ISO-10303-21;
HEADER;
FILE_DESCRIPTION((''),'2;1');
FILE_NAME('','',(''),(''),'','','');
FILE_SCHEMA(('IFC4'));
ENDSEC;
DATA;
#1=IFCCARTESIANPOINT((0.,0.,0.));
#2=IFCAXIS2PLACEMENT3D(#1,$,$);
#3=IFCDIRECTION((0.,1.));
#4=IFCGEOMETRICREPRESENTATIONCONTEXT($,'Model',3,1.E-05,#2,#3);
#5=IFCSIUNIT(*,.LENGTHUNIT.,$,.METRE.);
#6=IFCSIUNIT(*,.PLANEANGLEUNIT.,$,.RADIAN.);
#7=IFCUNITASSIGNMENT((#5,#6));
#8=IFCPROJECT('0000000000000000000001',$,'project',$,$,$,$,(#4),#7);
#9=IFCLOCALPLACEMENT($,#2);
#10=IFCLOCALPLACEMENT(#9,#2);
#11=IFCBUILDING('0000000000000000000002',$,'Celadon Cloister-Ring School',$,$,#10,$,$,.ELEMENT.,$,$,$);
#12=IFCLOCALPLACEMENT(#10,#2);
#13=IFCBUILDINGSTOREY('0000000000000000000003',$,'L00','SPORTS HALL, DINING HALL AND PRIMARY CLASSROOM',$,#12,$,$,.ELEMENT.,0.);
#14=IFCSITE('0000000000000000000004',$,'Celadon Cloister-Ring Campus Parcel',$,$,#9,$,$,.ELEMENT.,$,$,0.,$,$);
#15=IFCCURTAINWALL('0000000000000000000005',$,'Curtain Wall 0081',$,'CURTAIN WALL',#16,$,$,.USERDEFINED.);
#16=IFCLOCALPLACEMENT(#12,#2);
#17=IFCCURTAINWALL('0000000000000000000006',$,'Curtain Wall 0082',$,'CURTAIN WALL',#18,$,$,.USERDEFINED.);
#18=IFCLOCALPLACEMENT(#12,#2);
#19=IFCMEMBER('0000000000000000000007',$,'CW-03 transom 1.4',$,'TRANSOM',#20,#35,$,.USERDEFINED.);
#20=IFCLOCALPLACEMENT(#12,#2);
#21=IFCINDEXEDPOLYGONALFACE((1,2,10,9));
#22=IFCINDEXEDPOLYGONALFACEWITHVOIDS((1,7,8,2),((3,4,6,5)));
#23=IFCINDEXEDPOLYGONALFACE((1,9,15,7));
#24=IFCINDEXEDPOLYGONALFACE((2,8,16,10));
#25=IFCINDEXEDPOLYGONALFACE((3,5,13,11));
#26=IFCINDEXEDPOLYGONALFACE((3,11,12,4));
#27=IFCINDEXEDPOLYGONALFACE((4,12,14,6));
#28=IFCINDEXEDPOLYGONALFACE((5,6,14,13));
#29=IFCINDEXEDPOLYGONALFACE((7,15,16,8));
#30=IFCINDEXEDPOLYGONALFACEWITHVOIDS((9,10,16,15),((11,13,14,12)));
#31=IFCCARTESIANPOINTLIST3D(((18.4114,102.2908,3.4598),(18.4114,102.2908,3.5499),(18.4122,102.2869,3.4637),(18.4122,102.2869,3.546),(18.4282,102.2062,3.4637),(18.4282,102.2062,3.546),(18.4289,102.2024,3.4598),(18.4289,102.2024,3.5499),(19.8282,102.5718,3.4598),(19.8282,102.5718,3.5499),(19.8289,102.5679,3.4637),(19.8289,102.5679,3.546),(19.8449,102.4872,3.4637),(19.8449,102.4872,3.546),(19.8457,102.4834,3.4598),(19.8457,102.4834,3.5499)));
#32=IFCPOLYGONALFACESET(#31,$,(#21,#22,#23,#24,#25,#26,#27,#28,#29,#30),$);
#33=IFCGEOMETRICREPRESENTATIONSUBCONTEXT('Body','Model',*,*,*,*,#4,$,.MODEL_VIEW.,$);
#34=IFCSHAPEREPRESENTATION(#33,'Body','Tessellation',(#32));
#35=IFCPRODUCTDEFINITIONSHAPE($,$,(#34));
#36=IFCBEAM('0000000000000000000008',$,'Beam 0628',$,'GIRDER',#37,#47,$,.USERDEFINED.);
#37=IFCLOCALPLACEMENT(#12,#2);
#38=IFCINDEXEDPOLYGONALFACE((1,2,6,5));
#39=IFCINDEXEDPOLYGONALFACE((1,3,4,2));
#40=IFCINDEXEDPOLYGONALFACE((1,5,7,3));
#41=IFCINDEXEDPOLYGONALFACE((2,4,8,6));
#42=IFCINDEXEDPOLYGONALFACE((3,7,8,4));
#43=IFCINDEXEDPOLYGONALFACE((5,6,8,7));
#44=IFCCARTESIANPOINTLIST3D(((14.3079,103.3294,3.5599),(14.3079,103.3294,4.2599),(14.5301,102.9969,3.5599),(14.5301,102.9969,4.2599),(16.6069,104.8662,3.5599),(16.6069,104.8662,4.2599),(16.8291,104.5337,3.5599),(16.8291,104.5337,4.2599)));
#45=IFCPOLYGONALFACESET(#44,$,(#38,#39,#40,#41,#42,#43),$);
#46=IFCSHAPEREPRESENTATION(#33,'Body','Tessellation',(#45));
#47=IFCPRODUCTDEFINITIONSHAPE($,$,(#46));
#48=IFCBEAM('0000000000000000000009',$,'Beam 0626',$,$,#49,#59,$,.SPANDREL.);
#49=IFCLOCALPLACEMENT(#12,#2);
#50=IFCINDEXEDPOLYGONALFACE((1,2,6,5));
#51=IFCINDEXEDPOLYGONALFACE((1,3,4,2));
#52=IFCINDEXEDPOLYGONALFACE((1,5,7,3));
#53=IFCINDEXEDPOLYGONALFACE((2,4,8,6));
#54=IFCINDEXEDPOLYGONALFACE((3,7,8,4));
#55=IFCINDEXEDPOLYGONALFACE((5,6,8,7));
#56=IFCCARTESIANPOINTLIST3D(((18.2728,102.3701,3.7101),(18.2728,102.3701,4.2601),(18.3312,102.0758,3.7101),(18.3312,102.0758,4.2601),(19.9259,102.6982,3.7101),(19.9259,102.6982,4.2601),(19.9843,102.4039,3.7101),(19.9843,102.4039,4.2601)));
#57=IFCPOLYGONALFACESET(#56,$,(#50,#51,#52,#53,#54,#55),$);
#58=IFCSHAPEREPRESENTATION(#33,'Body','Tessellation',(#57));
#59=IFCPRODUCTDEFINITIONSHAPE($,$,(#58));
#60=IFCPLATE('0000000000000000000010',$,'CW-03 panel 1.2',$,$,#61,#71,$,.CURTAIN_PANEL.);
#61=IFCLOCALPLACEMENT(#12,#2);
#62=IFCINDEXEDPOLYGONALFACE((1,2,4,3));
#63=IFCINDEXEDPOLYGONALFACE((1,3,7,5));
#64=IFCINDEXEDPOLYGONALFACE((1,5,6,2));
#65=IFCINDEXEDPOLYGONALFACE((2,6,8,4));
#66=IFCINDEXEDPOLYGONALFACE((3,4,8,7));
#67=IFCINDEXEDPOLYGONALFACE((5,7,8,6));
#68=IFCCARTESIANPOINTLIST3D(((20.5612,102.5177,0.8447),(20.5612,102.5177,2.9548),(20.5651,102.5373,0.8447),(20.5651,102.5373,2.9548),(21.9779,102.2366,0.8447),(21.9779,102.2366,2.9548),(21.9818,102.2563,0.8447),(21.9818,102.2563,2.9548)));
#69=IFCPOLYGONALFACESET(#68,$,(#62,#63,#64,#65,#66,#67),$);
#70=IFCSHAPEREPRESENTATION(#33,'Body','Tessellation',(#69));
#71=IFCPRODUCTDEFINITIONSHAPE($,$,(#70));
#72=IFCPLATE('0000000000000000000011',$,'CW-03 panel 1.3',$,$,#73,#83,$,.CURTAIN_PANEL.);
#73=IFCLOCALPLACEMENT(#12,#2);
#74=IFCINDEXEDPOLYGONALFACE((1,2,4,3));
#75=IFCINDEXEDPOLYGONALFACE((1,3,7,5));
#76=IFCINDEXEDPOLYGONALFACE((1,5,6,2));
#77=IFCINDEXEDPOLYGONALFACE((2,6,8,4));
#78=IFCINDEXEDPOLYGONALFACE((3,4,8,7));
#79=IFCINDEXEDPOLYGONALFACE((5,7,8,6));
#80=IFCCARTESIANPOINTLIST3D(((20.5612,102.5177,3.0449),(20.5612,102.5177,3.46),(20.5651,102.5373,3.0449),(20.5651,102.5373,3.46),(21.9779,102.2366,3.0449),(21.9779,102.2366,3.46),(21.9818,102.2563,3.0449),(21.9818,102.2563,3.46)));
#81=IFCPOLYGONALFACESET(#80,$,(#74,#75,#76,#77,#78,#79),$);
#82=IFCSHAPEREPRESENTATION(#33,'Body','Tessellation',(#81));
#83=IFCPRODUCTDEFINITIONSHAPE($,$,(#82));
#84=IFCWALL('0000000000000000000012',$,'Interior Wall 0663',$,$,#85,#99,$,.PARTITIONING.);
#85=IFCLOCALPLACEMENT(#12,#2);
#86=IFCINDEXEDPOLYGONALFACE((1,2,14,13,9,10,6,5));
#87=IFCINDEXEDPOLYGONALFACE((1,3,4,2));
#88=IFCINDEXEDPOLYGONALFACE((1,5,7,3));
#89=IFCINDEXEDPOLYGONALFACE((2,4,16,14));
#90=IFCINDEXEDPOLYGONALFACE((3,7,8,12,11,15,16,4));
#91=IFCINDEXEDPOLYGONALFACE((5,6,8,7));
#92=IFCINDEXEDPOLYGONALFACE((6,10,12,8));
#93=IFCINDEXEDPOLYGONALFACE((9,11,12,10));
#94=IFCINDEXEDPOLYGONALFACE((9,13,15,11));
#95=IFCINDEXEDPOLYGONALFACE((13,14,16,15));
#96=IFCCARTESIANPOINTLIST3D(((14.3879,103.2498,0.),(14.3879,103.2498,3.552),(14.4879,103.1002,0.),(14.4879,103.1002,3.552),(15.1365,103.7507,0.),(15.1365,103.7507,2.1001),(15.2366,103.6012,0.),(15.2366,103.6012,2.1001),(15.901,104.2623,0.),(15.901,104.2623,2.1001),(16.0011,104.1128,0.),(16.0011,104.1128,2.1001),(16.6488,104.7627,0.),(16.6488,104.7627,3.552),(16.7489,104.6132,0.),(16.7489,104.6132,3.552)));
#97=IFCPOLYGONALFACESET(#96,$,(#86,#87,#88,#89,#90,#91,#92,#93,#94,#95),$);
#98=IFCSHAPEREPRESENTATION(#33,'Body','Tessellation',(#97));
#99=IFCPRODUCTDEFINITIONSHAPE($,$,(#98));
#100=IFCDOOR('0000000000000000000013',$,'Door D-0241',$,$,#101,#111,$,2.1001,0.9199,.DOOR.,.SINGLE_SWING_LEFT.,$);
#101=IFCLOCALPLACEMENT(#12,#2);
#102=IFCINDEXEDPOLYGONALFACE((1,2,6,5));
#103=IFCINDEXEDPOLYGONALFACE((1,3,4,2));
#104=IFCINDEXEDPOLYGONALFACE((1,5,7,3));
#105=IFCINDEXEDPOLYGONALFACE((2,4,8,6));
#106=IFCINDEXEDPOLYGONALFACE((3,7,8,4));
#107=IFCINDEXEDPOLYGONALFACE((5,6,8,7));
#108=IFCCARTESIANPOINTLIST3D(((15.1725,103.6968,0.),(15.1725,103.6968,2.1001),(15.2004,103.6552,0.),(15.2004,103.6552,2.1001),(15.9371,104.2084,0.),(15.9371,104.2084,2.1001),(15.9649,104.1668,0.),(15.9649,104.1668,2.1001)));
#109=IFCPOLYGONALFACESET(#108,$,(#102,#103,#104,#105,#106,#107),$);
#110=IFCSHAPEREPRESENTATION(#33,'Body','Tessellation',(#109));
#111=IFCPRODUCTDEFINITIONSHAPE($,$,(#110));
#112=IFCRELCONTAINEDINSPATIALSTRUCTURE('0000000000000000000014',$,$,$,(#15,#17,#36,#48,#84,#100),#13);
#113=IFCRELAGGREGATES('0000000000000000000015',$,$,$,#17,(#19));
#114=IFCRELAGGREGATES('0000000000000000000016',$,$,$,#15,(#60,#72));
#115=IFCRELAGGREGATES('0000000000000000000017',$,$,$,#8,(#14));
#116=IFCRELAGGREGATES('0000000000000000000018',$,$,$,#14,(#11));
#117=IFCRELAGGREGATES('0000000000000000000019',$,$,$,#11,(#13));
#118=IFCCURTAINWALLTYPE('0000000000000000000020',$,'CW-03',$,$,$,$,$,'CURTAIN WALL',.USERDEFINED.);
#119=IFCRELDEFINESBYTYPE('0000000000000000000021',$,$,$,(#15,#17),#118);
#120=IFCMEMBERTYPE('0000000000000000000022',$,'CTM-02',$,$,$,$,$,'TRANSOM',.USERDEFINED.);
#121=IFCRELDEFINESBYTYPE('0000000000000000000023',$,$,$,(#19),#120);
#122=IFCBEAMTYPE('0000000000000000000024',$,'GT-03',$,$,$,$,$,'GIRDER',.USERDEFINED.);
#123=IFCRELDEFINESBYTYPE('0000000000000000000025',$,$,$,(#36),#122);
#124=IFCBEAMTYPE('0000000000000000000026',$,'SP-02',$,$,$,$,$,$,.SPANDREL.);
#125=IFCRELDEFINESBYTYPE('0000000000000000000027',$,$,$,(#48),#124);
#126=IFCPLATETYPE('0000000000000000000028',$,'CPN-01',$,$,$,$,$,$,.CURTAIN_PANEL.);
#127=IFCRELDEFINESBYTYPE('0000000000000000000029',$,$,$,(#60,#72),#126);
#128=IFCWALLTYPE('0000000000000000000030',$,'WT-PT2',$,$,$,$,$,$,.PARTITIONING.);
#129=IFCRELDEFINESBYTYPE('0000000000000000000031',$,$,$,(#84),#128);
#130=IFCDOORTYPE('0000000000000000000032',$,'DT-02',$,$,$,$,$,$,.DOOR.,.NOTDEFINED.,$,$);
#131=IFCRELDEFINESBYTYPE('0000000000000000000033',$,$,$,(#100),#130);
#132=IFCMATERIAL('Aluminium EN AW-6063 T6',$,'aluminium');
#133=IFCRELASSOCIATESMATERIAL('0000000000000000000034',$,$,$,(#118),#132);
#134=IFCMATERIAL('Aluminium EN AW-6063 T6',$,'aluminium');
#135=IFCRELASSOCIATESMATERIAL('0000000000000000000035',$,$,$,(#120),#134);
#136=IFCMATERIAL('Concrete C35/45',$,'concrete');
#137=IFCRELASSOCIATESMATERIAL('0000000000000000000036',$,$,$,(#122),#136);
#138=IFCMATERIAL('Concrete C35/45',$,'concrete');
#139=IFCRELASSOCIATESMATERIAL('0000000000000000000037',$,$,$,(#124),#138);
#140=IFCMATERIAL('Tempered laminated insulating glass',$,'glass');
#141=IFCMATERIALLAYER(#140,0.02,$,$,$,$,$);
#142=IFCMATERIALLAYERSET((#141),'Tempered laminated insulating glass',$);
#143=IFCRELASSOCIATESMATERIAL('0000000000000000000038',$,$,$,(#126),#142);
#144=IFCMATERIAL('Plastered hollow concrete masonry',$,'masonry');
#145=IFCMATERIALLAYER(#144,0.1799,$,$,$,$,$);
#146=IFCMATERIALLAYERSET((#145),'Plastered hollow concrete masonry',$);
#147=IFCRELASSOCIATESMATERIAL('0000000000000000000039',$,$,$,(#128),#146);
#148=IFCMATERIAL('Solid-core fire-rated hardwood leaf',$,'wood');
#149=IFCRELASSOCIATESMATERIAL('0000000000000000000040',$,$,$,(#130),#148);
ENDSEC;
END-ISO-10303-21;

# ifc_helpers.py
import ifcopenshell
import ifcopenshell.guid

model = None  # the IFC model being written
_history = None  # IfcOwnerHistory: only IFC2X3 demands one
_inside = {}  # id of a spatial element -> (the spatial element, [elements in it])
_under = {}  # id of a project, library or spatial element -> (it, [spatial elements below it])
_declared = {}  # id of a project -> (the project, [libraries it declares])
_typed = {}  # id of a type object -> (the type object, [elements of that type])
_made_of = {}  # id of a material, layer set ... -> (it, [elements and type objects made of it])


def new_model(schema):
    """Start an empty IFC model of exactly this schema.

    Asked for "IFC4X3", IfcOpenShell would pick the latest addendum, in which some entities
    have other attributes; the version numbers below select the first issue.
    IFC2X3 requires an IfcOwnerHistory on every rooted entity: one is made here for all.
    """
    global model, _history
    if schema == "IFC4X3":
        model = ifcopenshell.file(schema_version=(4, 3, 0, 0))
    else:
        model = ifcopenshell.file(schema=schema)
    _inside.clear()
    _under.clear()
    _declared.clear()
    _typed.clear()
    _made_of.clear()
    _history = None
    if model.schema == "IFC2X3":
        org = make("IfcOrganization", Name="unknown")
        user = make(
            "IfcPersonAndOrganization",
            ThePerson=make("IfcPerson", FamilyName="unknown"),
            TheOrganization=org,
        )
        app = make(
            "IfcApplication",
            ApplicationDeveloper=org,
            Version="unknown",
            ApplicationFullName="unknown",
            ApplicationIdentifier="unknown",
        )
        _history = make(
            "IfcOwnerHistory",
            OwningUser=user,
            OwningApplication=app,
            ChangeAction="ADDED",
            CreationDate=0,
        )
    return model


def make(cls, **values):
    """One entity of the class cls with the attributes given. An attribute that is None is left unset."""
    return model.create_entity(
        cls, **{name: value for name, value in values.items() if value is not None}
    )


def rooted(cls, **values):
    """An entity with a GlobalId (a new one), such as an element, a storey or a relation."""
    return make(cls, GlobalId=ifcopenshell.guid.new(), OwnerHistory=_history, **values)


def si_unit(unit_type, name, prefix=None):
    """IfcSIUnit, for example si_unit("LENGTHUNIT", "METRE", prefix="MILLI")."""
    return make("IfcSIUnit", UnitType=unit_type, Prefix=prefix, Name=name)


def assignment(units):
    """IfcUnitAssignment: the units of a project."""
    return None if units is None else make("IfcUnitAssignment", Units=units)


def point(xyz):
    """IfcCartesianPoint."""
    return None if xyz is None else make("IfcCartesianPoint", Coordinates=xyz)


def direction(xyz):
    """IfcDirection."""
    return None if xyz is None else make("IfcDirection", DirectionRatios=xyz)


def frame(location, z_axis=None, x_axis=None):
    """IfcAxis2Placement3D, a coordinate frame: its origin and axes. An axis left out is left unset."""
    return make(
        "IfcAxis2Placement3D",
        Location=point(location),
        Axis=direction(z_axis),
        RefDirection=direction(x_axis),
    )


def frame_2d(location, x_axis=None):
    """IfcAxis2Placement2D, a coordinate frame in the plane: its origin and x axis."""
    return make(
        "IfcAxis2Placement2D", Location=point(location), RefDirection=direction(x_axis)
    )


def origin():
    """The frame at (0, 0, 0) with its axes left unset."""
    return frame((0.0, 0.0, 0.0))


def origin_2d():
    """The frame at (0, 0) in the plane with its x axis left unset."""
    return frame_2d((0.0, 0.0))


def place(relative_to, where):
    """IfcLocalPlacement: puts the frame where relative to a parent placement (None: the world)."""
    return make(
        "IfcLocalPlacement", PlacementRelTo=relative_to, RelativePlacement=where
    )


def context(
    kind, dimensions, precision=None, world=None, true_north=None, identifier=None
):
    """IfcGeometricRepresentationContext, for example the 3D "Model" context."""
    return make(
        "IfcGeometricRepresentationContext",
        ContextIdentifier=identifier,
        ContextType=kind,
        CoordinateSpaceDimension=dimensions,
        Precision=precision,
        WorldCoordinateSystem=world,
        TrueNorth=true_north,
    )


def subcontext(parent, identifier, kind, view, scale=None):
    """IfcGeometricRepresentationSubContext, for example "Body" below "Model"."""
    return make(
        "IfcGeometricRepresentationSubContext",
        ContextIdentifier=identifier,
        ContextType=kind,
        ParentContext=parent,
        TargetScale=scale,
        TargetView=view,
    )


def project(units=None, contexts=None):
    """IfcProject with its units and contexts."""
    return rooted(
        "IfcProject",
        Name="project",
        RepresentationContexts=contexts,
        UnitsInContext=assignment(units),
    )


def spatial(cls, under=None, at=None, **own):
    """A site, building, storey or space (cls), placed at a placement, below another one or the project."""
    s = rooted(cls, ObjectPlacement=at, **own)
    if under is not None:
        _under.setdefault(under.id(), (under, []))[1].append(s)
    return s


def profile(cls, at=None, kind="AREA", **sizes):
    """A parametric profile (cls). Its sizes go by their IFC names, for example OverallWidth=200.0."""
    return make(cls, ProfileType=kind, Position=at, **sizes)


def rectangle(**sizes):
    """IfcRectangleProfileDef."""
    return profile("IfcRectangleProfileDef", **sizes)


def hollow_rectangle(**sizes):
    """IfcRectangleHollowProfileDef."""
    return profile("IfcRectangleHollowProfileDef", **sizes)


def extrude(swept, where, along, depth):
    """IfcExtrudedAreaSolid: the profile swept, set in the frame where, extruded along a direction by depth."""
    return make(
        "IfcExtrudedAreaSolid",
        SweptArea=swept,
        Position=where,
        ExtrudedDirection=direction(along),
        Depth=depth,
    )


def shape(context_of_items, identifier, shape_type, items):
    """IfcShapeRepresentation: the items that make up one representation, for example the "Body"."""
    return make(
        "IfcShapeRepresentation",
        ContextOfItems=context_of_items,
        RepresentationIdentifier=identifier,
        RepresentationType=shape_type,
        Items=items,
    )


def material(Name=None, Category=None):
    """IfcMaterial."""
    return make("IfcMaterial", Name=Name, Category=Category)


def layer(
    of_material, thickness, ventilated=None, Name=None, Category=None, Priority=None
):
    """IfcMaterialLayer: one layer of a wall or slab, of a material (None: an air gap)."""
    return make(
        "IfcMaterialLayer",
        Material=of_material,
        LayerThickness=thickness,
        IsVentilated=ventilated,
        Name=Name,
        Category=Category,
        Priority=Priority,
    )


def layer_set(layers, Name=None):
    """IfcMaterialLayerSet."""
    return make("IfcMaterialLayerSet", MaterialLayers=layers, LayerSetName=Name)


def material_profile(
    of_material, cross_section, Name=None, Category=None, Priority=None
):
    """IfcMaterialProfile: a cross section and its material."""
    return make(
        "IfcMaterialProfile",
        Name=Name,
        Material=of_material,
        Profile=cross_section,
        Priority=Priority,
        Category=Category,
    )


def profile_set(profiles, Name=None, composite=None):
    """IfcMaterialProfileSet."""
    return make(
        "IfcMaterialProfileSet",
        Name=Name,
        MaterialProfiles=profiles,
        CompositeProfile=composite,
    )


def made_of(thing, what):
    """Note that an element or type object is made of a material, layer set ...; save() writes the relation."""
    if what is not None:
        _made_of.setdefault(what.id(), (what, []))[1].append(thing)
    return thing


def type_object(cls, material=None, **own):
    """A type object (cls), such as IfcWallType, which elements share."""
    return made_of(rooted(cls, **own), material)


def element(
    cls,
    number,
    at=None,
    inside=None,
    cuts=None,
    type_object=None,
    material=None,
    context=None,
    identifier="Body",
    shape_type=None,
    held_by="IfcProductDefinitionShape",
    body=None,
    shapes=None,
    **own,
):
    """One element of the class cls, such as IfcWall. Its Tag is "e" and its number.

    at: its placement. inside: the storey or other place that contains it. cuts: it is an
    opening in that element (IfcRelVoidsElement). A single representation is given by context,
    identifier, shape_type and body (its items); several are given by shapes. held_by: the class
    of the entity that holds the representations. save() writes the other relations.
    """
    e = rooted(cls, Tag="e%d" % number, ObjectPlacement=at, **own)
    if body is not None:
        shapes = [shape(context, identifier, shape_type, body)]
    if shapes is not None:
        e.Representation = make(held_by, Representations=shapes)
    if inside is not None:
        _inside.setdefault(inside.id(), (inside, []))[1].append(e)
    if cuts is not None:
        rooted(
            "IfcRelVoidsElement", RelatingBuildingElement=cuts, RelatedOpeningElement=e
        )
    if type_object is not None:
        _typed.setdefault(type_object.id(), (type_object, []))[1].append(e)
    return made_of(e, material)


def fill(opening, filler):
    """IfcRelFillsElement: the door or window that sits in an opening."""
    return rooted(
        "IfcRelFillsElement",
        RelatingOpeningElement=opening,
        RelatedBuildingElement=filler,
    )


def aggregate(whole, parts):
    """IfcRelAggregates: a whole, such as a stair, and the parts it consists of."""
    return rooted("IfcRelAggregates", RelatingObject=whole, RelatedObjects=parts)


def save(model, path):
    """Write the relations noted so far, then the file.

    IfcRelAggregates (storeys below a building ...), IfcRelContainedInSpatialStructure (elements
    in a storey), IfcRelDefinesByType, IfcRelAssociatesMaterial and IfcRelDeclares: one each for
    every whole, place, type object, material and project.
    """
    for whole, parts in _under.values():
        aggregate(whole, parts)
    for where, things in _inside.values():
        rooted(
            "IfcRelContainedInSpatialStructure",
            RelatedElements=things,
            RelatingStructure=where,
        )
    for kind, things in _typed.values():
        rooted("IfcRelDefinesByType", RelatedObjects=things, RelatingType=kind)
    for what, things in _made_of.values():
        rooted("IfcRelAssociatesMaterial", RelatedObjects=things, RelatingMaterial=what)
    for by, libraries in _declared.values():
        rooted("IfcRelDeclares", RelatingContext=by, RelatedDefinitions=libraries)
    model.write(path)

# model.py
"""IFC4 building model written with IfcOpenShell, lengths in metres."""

from ifc_helpers import new_model, si_unit, direction, frame, frame_2d, origin, origin_2d, place, context, subcontext, project, spatial, rectangle, hollow_rectangle, extrude, material, layer, layer_set, material_profile, profile_set, type_object, element, fill, aggregate, save


model = new_model("IFC4")

# Units and contexts
model_context = context("Model", 3, precision=1e-05, world=origin(), true_north=direction((0.0, 1.0)))
body_context = subcontext(model_context, "Body", "Model", "MODEL_VIEW")
ifc_project = project(units=[si_unit("LENGTHUNIT", "METRE"), si_unit("PLANEANGLEUNIT", "RADIAN")], contexts=[model_context])

# Site, building, storey
site_placement = place(None, origin())
site = spatial("IfcSite", under=ifc_project, at=site_placement, Name="Celadon Cloister-Ring Campus Parcel", CompositionType="ELEMENT", RefElevation=0.0)
building_placement = place(site_placement, origin())
building = spatial("IfcBuilding", under=site, at=building_placement, Name="Celadon Cloister-Ring School", CompositionType="ELEMENT")
storey_placement = place(building_placement, origin())
storey = spatial("IfcBuildingStorey", under=building, at=storey_placement, Name="L00", Description="SPORTS HALL, DINING HALL AND PRIMARY CLASSROOM", CompositionType="ELEMENT", Elevation=0.0)

# Curtain wall
ifc_material_1 = material(Name="Aluminium EN AW-6063 T6", Category="aluminium")
curtain_wall_type = type_object("IfcCurtainWallType", Name="CW-03", ElementType="CURTAIN WALL", PredefinedType="USERDEFINED", material=ifc_material_1)
curtain_wall_1_placement = place(storey_placement, origin())
curtain_wall_1 = element("IfcCurtainWall", 1, at=curtain_wall_1_placement, inside=storey, type_object=curtain_wall_type, Name="Curtain Wall 0081", ObjectType="CURTAIN WALL", PredefinedType="USERDEFINED")

# Curtain wall, member
curtain_wall_2_placement = place(storey_placement, origin())
curtain_wall_2 = element("IfcCurtainWall", 2, at=curtain_wall_2_placement, inside=storey, type_object=curtain_wall_type, Name="Curtain Wall 0082", ObjectType="CURTAIN WALL", PredefinedType="USERDEFINED")
ifc_material_2 = material(Name="Aluminium EN AW-6063 T6", Category="aluminium")
ifc_material_profile_1 = material_profile(ifc_material_2, hollow_rectangle(XDim=0.0901, YDim=0.0901, WallThickness=0.0039, at=origin_2d()), Name="RHS90X90X4")
ifc_profile_set_1 = profile_set([ifc_material_profile_1], Name="Aluminium EN AW-6063 T6")
member_type_1 = type_object("IfcMemberType", Name="CTM-02", ElementType="TRANSOM", PredefinedType="USERDEFINED", material=ifc_profile_set_1)
member_1_placement = place(storey_placement, frame((19.8369, 102.5276, 3.5049), z_axis=(-0.980891, -0.194556, 0.0), x_axis=(0.194556, -0.980891, 0.0)))
member_1 = element("IfcMember", 3, at=member_1_placement, type_object=member_type_1, Name="CW-03 transom 1.4", ObjectType="TRANSOM", PredefinedType="USERDEFINED", context=body_context, shape_type="SweptSolid", body=[
    extrude(hollow_rectangle(XDim=0.0901, YDim=0.0901, WallThickness=0.0039, at=origin_2d()), origin(), (0.0, 0.0, 1.0), 1.4443),
])
aggregate(curtain_wall_2, [member_1])

# Beams
ifc_material_3 = material(Name="Concrete C35/45", Category="concrete")
ifc_material_profile_2 = material_profile(ifc_material_3, rectangle(XDim=0.3999, YDim=0.7, at=origin_2d()), Name="RC400X700")
ifc_profile_set_2 = profile_set([ifc_material_profile_2], Name="Concrete C35/45")
beam_type_1 = type_object("IfcBeamType", Name="GT-03", ElementType="GIRDER", PredefinedType="USERDEFINED", material=ifc_profile_set_2)
beam_1_placement = place(storey_placement, frame((16.718, 104.7, 3.9099), z_axis=(-0.831357, -0.555739, 0.0), x_axis=(0.555739, -0.831357, 0.0)))
element("IfcBeam", 4, at=beam_1_placement, inside=storey, type_object=beam_type_1, Name="Beam 0628", ObjectType="GIRDER", PredefinedType="USERDEFINED", context=body_context, shape_type="SweptSolid", body=[
    extrude(rectangle(XDim=0.3999, YDim=0.7, at=origin_2d()), origin(), (0.0, 0.0, 1.0), 2.7654),
])
ifc_material_4 = material(Name="Concrete C35/45", Category="concrete")
ifc_material_profile_3 = material_profile(ifc_material_4, rectangle(XDim=0.3, YDim=0.55, at=origin_2d()), Name="RC300X550")
ifc_profile_set_3 = profile_set([ifc_material_profile_3], Name="Concrete C35/45")
beam_type_2 = type_object("IfcBeamType", Name="SP-02", PredefinedType="SPANDREL", material=ifc_profile_set_3)
beam_2_placement = place(storey_placement, frame((19.9551, 102.551, 3.9851), z_axis=(-0.980864, -0.194695, 0.0), x_axis=(0.194695, -0.980864, 0.0)))
element("IfcBeam", 5, at=beam_2_placement, inside=storey, type_object=beam_type_2, Name="Beam 0626", PredefinedType="SPANDREL", context=body_context, shape_type="SweptSolid", body=[
    extrude(rectangle(XDim=0.3, YDim=0.55, at=origin_2d()), origin(), (0.0, 0.0, 1.0), 1.6853),
])

# Plates
ifc_material_5 = material(Name="Tempered laminated insulating glass", Category="glass")
ifc_layer_1 = layer(ifc_material_5, 0.02)
ifc_layer_set_1 = layer_set([ifc_layer_1], Name="Tempered laminated insulating glass")
plate_type = type_object("IfcPlateType", Name="CPN-01", PredefinedType="CURTAIN_PANEL", material=ifc_layer_set_1)
plate_1_placement = place(storey_placement, frame((21.2715, 102.387, 0.8447), z_axis=(0.0, 0.0, 1.0), x_axis=(-0.980885, 0.194586, 0.0)))
plate_1 = element("IfcPlate", 6, at=plate_1_placement, type_object=plate_type, Name="CW-03 panel 1.2", PredefinedType="CURTAIN_PANEL", context=body_context, shape_type="SweptSolid", body=[
    extrude(rectangle(XDim=1.4443, YDim=0.02, at=origin_2d()), origin(), (0.0, 0.0, 1.0), 2.1101),
])
plate_2_placement = place(storey_placement, frame((21.2715, 102.387, 3.0449), z_axis=(0.0, 0.0, 1.0), x_axis=(-0.980885, 0.194586, 0.0)))
plate_2 = element("IfcPlate", 7, at=plate_2_placement, type_object=plate_type, Name="CW-03 panel 1.3", PredefinedType="CURTAIN_PANEL", context=body_context, shape_type="SweptSolid", body=[
    extrude(rectangle(XDim=1.4443, YDim=0.02, at=origin_2d()), origin(), (0.0, 0.0, 1.0), 0.415),
])
aggregate(curtain_wall_1, [plate_1, plate_2])

# Wall, opening, door
ifc_material_6 = material(Name="Plastered hollow concrete masonry", Category="masonry")
ifc_layer_2 = layer(ifc_material_6, 0.1799)
ifc_layer_set_2 = layer_set([ifc_layer_2], Name="Plastered hollow concrete masonry")
wall_type = type_object("IfcWallType", Name="WT-PT2", PredefinedType="PARTITIONING", material=ifc_layer_set_2)
wall_placement = place(storey_placement, frame((16.699, 104.688, 0.0), z_axis=(0.0, 0.0, 1.0), x_axis=(-0.831096, -0.556128, 0.0)))
wall = element("IfcWall", 8, at=wall_placement, inside=storey, type_object=wall_type, Name="Interior Wall 0663", PredefinedType="PARTITIONING", context=body_context, shape_type="SweptSolid", body=[
    extrude(rectangle(XDim=2.7205, YDim=0.1799, at=frame_2d((1.3604, 0.0))), origin(), (0.0, 0.0, 1.0), 3.552),
])
opening_placement = place(wall_placement, frame((0.8999, 0.0, 0.0)))
opening = element("IfcOpeningElement", 9, at=opening_placement, cuts=wall, PredefinedType="OPENING", context=body_context, shape_type="SweptSolid", body=[
    extrude(rectangle(XDim=0.9199, YDim=2.1001, at=frame_2d((0.46, 1.05))), frame((0.0, 0.1001, 0.0), z_axis=(0.0, -1.0, 0.0), x_axis=(1.0, 0.0, 0.0)), (0.0, 0.0, 1.0), 0.2),
])
ifc_material_7 = material(Name="Solid-core fire-rated hardwood leaf", Category="wood")
door_type = type_object("IfcDoorType", Name="DT-02", OperationType="NOTDEFINED", PredefinedType="DOOR", material=ifc_material_7)
door_placement = place(opening_placement, origin())
door = element("IfcDoor", 10, at=door_placement, inside=storey, type_object=door_type, Name="Door D-0241", OperationType="SINGLE_SWING_LEFT", OverallHeight=2.1001, OverallWidth=0.9199, PredefinedType="DOOR", context=body_context, shape_type="SweptSolid", body=[
    extrude(rectangle(XDim=0.9199, YDim=2.1001, at=frame_2d((0.46, 1.05))), frame((0.0, 0.0249, 0.0), z_axis=(0.0, -1.0, 0.0), x_axis=(1.0, 0.0, 0.0)), (0.0, 0.0, 1.0), 0.05),
])
fill(opening, door)

save(model, "model.ifc")
